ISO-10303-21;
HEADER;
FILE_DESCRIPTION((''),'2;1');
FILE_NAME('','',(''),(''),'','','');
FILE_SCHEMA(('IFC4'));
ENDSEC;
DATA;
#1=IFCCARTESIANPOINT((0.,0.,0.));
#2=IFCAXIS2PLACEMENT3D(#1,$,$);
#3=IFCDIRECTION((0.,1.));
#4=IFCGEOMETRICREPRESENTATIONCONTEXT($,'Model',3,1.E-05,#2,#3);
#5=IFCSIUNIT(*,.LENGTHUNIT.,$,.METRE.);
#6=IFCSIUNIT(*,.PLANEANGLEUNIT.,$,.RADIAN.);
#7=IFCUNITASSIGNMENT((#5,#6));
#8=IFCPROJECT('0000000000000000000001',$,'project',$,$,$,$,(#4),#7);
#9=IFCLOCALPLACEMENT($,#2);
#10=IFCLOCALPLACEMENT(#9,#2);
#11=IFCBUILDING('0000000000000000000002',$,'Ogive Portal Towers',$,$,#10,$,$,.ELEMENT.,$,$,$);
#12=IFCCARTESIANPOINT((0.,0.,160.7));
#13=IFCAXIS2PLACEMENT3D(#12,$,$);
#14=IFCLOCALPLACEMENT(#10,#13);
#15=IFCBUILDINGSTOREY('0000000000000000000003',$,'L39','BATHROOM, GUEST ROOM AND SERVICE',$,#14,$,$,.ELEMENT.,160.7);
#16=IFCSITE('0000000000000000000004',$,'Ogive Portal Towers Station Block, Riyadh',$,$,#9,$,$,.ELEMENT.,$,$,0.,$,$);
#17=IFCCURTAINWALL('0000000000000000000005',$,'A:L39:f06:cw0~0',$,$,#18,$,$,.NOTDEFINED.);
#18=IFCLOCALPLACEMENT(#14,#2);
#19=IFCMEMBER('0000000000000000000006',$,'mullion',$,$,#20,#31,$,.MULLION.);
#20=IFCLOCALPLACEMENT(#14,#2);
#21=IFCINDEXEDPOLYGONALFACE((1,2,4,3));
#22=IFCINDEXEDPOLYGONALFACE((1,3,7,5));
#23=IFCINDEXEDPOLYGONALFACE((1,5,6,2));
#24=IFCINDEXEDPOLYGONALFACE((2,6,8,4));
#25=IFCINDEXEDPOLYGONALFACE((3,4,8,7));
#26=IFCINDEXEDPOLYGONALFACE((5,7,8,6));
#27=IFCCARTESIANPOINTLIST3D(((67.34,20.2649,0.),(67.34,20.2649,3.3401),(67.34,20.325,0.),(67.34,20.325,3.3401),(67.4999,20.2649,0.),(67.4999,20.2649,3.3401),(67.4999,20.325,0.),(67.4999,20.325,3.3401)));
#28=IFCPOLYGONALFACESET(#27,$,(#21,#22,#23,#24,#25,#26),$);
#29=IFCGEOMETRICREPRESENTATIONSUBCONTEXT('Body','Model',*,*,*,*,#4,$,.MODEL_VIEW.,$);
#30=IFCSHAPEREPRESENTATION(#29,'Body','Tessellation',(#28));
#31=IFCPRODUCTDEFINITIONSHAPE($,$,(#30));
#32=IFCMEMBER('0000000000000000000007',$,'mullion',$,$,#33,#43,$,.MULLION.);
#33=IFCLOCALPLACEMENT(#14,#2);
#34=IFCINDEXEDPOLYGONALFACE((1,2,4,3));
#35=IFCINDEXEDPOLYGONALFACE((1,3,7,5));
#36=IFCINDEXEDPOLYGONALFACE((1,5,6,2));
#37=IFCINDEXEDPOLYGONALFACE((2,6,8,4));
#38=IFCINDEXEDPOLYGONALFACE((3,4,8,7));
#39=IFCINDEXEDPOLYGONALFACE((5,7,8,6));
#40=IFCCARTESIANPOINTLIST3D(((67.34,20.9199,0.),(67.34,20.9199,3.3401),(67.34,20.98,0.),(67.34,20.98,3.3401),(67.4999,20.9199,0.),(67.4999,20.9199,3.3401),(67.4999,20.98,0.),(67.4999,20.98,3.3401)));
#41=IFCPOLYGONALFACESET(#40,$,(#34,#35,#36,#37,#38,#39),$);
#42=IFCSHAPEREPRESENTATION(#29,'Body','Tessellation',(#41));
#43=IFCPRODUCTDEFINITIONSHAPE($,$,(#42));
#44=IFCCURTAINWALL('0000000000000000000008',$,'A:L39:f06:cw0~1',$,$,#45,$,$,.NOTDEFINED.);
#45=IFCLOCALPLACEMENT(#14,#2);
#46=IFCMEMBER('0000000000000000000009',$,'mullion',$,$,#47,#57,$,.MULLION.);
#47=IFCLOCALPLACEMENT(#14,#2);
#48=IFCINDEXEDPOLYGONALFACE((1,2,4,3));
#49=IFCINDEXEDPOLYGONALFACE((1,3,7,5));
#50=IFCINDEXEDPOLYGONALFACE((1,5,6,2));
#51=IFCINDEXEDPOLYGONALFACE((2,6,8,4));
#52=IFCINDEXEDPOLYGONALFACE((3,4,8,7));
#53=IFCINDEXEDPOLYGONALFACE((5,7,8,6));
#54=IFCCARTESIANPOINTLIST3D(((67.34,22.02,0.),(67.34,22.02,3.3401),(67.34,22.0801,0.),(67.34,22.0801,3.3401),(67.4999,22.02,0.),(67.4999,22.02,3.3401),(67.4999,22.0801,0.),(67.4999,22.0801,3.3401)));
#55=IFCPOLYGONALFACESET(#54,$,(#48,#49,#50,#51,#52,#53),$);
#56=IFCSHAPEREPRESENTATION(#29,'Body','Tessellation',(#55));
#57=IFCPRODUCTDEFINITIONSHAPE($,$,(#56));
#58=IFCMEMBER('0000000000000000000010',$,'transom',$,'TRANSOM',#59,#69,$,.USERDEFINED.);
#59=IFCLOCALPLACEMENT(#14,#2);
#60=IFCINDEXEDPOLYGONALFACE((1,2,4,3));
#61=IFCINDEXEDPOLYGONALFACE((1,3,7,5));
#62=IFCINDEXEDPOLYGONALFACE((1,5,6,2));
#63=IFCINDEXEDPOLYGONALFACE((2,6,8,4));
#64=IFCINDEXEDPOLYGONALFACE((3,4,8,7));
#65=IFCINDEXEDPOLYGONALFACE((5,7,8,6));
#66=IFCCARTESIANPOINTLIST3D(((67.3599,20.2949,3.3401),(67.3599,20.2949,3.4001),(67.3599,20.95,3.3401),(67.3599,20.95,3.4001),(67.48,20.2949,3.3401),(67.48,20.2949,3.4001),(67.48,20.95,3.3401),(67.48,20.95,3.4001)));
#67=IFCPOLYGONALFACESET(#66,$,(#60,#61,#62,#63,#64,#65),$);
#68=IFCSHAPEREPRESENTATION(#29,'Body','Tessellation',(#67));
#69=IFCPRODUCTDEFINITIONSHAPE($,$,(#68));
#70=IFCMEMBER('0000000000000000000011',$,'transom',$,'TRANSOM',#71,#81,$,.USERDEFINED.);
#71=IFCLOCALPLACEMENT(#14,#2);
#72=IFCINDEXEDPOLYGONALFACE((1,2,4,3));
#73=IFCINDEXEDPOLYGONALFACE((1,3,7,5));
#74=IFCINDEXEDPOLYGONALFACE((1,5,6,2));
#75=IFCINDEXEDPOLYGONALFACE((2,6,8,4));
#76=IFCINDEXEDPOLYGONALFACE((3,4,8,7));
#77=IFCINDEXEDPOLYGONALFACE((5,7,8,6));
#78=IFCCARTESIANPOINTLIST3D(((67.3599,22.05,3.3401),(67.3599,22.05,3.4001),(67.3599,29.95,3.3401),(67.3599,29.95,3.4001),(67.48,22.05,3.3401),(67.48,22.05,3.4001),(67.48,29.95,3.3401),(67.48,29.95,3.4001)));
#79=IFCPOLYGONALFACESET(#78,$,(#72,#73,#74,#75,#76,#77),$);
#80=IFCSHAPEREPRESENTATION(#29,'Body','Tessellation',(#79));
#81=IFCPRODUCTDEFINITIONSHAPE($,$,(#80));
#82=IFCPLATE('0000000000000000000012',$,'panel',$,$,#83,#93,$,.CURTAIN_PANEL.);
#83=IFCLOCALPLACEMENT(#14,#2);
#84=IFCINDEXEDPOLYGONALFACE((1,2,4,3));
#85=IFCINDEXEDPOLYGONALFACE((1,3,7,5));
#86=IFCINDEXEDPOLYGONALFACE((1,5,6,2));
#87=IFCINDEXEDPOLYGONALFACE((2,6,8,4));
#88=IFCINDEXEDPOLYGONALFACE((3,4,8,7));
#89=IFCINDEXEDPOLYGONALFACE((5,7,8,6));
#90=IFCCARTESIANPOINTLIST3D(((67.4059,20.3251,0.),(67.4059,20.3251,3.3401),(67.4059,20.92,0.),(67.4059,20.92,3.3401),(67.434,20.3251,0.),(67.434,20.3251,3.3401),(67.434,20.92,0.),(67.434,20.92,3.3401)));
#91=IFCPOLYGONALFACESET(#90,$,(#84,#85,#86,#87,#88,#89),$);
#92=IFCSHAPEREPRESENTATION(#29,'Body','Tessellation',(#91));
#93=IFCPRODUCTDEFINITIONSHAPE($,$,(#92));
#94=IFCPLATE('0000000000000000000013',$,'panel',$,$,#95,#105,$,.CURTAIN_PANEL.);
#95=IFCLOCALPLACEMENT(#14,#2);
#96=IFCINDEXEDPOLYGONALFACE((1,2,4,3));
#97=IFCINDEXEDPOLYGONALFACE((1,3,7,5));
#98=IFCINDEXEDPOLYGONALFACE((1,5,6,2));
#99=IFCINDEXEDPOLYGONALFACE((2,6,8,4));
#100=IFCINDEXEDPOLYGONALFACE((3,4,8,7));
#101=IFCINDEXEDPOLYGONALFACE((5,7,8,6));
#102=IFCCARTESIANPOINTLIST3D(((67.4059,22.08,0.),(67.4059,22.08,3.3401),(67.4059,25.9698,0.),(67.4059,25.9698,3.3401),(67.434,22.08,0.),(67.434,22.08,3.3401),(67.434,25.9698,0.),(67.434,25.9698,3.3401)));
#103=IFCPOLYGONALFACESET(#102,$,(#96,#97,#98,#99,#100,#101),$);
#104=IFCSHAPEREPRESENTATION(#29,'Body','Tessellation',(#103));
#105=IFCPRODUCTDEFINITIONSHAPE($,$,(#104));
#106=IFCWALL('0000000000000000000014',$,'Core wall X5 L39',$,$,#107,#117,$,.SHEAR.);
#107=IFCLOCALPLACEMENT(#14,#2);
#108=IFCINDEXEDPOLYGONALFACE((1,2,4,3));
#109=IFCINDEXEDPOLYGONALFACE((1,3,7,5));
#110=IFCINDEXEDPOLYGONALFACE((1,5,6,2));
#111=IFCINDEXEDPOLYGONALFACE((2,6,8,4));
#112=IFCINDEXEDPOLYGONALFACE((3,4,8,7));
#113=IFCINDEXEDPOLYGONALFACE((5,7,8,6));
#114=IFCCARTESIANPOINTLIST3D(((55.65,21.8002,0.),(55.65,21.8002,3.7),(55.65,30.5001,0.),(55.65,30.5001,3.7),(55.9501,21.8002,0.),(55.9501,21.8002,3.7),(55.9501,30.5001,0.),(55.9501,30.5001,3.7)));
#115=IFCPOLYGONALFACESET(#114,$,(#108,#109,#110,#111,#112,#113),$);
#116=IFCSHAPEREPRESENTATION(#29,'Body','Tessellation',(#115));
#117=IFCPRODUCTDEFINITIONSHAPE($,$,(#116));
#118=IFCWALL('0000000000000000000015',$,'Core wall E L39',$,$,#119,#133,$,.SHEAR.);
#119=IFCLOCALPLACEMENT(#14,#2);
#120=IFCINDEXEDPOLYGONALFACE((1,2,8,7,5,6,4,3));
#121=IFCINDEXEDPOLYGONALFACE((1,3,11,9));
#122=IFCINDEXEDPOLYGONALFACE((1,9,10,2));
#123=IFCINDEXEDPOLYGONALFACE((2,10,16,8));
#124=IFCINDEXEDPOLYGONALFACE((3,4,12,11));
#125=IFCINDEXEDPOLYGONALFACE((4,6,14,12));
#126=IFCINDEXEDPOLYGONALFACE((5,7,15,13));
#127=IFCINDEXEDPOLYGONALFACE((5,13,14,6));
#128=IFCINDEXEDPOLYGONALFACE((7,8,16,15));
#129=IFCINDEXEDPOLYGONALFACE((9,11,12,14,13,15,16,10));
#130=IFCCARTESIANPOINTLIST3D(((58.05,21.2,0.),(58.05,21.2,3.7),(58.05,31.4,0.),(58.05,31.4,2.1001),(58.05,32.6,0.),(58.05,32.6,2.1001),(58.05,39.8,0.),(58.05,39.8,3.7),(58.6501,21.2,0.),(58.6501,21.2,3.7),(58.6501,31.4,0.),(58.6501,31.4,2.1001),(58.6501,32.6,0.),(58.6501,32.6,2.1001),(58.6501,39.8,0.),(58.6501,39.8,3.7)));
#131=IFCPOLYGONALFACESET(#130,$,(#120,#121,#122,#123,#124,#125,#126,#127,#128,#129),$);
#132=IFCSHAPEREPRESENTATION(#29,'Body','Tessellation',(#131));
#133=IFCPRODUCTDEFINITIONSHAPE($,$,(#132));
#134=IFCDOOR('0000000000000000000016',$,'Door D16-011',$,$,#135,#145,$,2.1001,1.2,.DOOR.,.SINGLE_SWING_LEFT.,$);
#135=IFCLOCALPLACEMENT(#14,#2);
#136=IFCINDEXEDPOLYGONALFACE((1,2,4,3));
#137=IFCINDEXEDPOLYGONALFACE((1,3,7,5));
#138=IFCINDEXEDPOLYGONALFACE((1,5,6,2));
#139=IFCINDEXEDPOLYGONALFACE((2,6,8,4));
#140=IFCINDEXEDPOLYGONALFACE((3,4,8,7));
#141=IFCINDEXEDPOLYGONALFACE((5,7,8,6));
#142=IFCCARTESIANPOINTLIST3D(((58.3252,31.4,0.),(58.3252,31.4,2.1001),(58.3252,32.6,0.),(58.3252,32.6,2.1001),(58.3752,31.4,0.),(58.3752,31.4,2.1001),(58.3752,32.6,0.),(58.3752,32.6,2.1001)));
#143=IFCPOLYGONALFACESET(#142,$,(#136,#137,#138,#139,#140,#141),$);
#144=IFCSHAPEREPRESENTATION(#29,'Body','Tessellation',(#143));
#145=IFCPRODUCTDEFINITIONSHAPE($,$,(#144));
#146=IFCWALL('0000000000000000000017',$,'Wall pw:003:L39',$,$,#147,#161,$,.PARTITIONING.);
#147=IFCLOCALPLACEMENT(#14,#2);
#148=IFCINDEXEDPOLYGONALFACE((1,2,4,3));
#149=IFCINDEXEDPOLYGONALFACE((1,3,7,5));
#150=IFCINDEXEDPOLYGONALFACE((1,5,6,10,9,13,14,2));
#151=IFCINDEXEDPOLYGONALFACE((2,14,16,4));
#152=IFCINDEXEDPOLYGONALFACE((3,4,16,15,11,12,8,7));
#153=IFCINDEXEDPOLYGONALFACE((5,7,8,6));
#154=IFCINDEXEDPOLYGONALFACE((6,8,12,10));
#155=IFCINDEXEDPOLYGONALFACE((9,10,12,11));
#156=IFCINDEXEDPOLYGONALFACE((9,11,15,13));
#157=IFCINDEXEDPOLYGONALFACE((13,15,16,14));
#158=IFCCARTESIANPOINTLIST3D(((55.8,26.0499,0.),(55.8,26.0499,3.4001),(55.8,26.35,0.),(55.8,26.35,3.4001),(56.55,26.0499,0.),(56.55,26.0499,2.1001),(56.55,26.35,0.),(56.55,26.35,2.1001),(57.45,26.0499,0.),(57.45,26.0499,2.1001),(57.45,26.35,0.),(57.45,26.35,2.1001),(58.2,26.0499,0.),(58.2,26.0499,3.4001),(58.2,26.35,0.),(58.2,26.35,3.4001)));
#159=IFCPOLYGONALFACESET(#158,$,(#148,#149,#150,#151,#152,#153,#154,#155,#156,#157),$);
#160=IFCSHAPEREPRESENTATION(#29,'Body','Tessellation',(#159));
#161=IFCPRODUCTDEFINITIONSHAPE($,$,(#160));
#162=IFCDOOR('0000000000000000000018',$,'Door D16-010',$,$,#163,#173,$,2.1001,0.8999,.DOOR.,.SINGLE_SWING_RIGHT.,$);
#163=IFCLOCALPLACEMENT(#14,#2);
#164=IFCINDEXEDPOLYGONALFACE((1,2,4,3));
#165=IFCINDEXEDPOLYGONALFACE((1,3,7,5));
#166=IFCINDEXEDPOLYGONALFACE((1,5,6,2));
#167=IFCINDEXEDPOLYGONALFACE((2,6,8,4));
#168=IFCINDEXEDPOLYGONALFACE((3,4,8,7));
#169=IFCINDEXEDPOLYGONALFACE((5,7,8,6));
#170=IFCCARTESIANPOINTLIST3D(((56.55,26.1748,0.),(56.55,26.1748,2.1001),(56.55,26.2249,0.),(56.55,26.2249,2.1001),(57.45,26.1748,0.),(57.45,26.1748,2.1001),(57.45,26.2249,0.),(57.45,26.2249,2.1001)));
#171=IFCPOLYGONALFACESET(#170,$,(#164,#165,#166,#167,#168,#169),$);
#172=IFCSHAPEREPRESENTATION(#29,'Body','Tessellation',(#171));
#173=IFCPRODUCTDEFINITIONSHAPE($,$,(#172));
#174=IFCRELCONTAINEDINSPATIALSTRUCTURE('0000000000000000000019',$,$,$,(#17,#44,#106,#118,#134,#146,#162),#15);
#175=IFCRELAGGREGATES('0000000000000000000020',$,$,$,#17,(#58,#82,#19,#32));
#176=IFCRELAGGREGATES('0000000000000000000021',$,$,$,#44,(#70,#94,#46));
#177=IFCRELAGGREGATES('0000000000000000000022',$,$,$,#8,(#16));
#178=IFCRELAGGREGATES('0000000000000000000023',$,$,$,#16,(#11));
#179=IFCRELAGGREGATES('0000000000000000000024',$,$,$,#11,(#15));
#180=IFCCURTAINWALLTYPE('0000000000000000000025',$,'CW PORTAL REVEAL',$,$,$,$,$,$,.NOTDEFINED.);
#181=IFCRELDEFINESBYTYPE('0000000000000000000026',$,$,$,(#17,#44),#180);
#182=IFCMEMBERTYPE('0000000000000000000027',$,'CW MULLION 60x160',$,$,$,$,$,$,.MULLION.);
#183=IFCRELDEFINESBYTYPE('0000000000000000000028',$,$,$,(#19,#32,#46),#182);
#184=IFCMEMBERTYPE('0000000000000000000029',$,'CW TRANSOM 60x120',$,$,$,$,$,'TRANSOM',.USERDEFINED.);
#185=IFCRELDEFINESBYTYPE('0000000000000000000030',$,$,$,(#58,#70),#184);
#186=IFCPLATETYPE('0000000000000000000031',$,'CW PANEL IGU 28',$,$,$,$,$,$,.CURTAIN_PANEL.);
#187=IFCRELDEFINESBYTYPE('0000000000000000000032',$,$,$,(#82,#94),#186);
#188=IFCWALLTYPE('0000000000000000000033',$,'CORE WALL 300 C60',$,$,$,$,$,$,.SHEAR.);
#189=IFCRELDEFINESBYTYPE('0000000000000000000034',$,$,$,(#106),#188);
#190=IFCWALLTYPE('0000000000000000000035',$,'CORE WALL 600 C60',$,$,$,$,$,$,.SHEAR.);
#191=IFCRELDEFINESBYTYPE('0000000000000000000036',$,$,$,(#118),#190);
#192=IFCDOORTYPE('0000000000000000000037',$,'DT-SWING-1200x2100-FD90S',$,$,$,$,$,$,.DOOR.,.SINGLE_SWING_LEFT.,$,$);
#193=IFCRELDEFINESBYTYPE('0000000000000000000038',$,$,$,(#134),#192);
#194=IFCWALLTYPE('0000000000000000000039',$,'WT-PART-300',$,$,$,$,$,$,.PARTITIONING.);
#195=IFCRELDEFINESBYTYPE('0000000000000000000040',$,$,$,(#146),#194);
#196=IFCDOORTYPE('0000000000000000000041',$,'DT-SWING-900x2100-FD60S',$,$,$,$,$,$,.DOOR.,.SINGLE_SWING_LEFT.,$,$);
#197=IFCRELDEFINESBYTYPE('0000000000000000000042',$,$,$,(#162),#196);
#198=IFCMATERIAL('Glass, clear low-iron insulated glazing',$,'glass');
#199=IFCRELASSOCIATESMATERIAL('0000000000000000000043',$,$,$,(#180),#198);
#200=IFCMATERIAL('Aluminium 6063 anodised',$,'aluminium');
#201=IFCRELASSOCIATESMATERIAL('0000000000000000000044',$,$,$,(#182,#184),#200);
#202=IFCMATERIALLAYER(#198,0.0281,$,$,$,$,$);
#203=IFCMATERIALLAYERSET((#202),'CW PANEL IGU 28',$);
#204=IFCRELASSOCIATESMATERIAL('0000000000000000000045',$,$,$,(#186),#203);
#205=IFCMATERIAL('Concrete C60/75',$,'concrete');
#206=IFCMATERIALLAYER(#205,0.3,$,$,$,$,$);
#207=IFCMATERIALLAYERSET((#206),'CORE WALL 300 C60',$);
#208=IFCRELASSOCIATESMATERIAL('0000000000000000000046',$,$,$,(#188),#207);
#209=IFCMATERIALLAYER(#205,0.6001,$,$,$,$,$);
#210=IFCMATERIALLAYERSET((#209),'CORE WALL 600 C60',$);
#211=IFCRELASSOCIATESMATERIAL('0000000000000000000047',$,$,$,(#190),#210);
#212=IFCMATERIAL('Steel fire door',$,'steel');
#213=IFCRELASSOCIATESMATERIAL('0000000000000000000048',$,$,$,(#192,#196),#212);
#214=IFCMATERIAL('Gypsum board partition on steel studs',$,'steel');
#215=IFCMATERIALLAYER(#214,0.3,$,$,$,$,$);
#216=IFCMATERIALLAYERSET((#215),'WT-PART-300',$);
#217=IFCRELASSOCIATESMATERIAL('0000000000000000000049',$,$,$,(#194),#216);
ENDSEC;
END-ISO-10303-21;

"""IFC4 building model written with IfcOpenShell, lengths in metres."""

from ifc_helpers import new_model, si_unit, direction, frame, frame_2d, origin, origin_2d, place, context, subcontext, project, spatial, rectangle, extrude, material, layer, layer_set, material_profile, profile_set, type_object, element, fill, aggregate, save


model = new_model("IFC4")

# Units and contexts
model_context = context("Model", 3, precision=1e-05, world=origin(), true_north=direction((0.0, 1.0)))
body_context = subcontext(model_context, "Body", "Model", "MODEL_VIEW")
ifc_project = project(units=[si_unit("LENGTHUNIT", "METRE"), si_unit("PLANEANGLEUNIT", "RADIAN")], contexts=[model_context])

# Site, building, storey
site_placement = place(None, origin())
site = spatial("IfcSite", under=ifc_project, at=site_placement, Name="Ogive Portal Towers Station Block, Riyadh", CompositionType="ELEMENT", RefElevation=0.0)
building_placement = place(site_placement, origin())
building = spatial("IfcBuilding", under=site, at=building_placement, Name="Ogive Portal Towers", CompositionType="ELEMENT")
storey_placement = place(building_placement, frame((0.0, 0.0, 160.7)))
storey = spatial("IfcBuildingStorey", under=building, at=storey_placement, Name="L39", Description="BATHROOM, GUEST ROOM AND SERVICE", CompositionType="ELEMENT", Elevation=160.7)

# Curtain wall, members
ifc_material_1 = material(Name="Glass, clear low-iron insulated glazing", Category="glass")
curtain_wall_type = type_object("IfcCurtainWallType", Name="CW PORTAL REVEAL", PredefinedType="NOTDEFINED", material=ifc_material_1)
curtain_wall_1_placement = place(storey_placement, origin())
curtain_wall_1 = element("IfcCurtainWall", 1, at=curtain_wall_1_placement, inside=storey, type_object=curtain_wall_type, Name="A:L39:f06:cw0~0", PredefinedType="NOTDEFINED")
ifc_material_2 = material(Name="Aluminium 6063 anodised", Category="aluminium")
ifc_material_profile_1 = material_profile(ifc_material_2, rectangle(XDim=0.1599, YDim=0.0601, at=origin_2d()), Name="AL 60x160")
ifc_profile_set_1 = profile_set([ifc_material_profile_1], Name="Aluminium 6063 anodised")
member_type_1 = type_object("IfcMemberType", Name="CW MULLION 60x160", PredefinedType="MULLION", material=ifc_profile_set_1)
member_1_placement = place(storey_placement, frame((67.4199, 20.2949, 0.0), z_axis=(0.0, 0.0, 1.0), x_axis=(-1.0, 0.0, 0.0)))
member_1 = element("IfcMember", 2, at=member_1_placement, type_object=member_type_1, Name="mullion", PredefinedType="MULLION", context=body_context, shape_type="SweptSolid", body=[
    extrude(rectangle(XDim=0.1599, YDim=0.0601, at=origin_2d()), origin(), (0.0, 0.0, 1.0), 3.3401),
])
member_2_placement = place(storey_placement, frame((67.4199, 20.95, 0.0), z_axis=(0.0, 0.0, 1.0), x_axis=(-1.0, 0.0, 0.0)))
member_2 = element("IfcMember", 3, at=member_2_placement, type_object=member_type_1, Name="mullion", PredefinedType="MULLION", context=body_context, shape_type="SweptSolid", body=[
    extrude(rectangle(XDim=0.1599, YDim=0.0601, at=origin_2d()), origin(), (0.0, 0.0, 1.0), 3.3401),
])

# Curtain wall, member
curtain_wall_2_placement = place(storey_placement, origin())
curtain_wall_2 = element("IfcCurtainWall", 4, at=curtain_wall_2_placement, inside=storey, type_object=curtain_wall_type, Name="A:L39:f06:cw0~1", PredefinedType="NOTDEFINED")
member_3_placement = place(storey_placement, frame((67.4199, 22.05, 0.0), z_axis=(0.0, 0.0, 1.0), x_axis=(-1.0, 0.0, 0.0)))
member_3 = element("IfcMember", 5, at=member_3_placement, type_object=member_type_1, Name="mullion", PredefinedType="MULLION", context=body_context, shape_type="SweptSolid", body=[
    extrude(rectangle(XDim=0.1599, YDim=0.0601, at=origin_2d()), origin(), (0.0, 0.0, 1.0), 3.3401),
])

# Members
ifc_material_profile_2 = material_profile(ifc_material_2, rectangle(XDim=0.1201, YDim=0.0601, at=origin_2d()), Name="AL 120x60")
ifc_profile_set_2 = profile_set([ifc_material_profile_2], Name="Aluminium 6063 anodised")
member_type_2 = type_object("IfcMemberType", Name="CW TRANSOM 60x120", ElementType="TRANSOM", PredefinedType="USERDEFINED", material=ifc_profile_set_2)
member_4_placement = place(storey_placement, frame((67.4199, 20.2949, 3.3701), z_axis=(0.0, 1.0, 0.0), x_axis=(-1.0, 0.0, 0.0)))
member_4 = element("IfcMember", 6, at=member_4_placement, type_object=member_type_2, Name="transom", ObjectType="TRANSOM", PredefinedType="USERDEFINED", context=body_context, shape_type="SweptSolid", body=[
    extrude(rectangle(XDim=0.1201, YDim=0.0601, at=origin_2d()), origin(), (0.0, 0.0, 1.0), 0.655),
])
member_5_placement = place(storey_placement, frame((67.4199, 22.05, 3.3701), z_axis=(0.0, 1.0, 0.0), x_axis=(-1.0, 0.0, 0.0)))
member_5 = element("IfcMember", 7, at=member_5_placement, type_object=member_type_2, Name="transom", ObjectType="TRANSOM", PredefinedType="USERDEFINED", context=body_context, shape_type="SweptSolid", body=[
    extrude(rectangle(XDim=0.1201, YDim=0.0601, at=origin_2d()), origin(), (0.0, 0.0, 1.0), 7.8999),
])

# Plates
ifc_layer_1 = layer(ifc_material_1, 0.0281)
ifc_layer_set_1 = layer_set([ifc_layer_1], Name="CW PANEL IGU 28")
plate_type = type_object("IfcPlateType", Name="CW PANEL IGU 28", PredefinedType="CURTAIN_PANEL", material=ifc_layer_set_1)
plate_1_placement = place(storey_placement, frame((67.4199, 20.6226, 0.0), z_axis=(0.0, 0.0, 1.0), x_axis=(0.0, 1.0, 0.0)))
plate_1 = element("IfcPlate", 8, at=plate_1_placement, type_object=plate_type, Name="panel", PredefinedType="CURTAIN_PANEL", context=body_context, shape_type="SweptSolid", body=[
    extrude(rectangle(XDim=0.595, YDim=0.0281, at=origin_2d()), origin(), (0.0, 0.0, 1.0), 3.3401),
])
aggregate(curtain_wall_1, [member_4, plate_1, member_1, member_2])
plate_2_placement = place(storey_placement, frame((67.4199, 24.0249, 0.0), z_axis=(0.0, 0.0, 1.0), x_axis=(0.0, 1.0, 0.0)))
plate_2 = element("IfcPlate", 9, at=plate_2_placement, type_object=plate_type, Name="panel", PredefinedType="CURTAIN_PANEL", context=body_context, shape_type="SweptSolid", body=[
    extrude(rectangle(XDim=3.8899, YDim=0.0281, at=origin_2d()), origin(), (0.0, 0.0, 1.0), 3.3401),
])
aggregate(curtain_wall_2, [member_5, plate_2, member_3])

# Wall
ifc_material_3 = material(Name="Concrete C60/75", Category="concrete")
ifc_layer_2 = layer(ifc_material_3, 0.3)
ifc_layer_set_2 = layer_set([ifc_layer_2], Name="CORE WALL 300 C60")
wall_type_1 = type_object("IfcWallType", Name="CORE WALL 300 C60", PredefinedType="SHEAR", material=ifc_layer_set_2)
wall_1_placement = place(storey_placement, frame((55.8, 21.8, 0.0), z_axis=(0.0, 0.0, 1.0), x_axis=(0.0, 1.0, 0.0)))
element("IfcWall", 10, at=wall_1_placement, inside=storey, type_object=wall_type_1, Name="Core wall X5 L39", PredefinedType="SHEAR", context=body_context, shape_type="SweptSolid", body=[
    extrude(rectangle(XDim=8.7, YDim=0.3, at=frame_2d((4.3501, 0.0))), origin(), (0.0, 0.0, 1.0), 3.7),
])

# Walls, openings, doors
ifc_layer_3 = layer(ifc_material_3, 0.6001)
ifc_layer_set_3 = layer_set([ifc_layer_3], Name="CORE WALL 600 C60")
wall_type_2 = type_object("IfcWallType", Name="CORE WALL 600 C60", PredefinedType="SHEAR", material=ifc_layer_set_3)
wall_2_placement = place(storey_placement, frame((58.3501, 21.2, 0.0), z_axis=(0.0, 0.0, 1.0), x_axis=(0.0, 1.0, 0.0)))
wall_2 = element("IfcWall", 11, at=wall_2_placement, inside=storey, type_object=wall_type_2, Name="Core wall E L39", PredefinedType="SHEAR", context=body_context, shape_type="SweptSolid", body=[
    extrude(rectangle(XDim=18.6001, YDim=0.6001, at=frame_2d((9.3, 0.0))), origin(), (0.0, 0.0, 1.0), 3.7),
])
opening_1_placement = place(wall_2_placement, frame((10.2, 0.0, 0.0)))
opening_1 = element("IfcOpeningElement", 12, at=opening_1_placement, cuts=wall_2, PredefinedType="OPENING", context=body_context, shape_type="SweptSolid", body=[
    extrude(rectangle(XDim=1.2, YDim=2.1001, at=frame_2d((0.6001, 1.05))), frame((0.0, 0.3101, 0.0), z_axis=(0.0, -1.0, 0.0), x_axis=(1.0, 0.0, 0.0)), (0.0, 0.0, 1.0), 0.6201),
])
ifc_material_4 = material(Name="Steel fire door", Category="steel")
door_type_1 = type_object("IfcDoorType", Name="DT-SWING-1200x2100-FD90S", OperationType="SINGLE_SWING_LEFT", PredefinedType="DOOR", material=ifc_material_4)
door_1_placement = place(opening_1_placement, origin())
door_1 = element("IfcDoor", 13, at=door_1_placement, inside=storey, type_object=door_type_1, Name="Door D16-011", OperationType="SINGLE_SWING_LEFT", OverallHeight=2.1001, OverallWidth=1.2, PredefinedType="DOOR", context=body_context, shape_type="SweptSolid", body=[
    extrude(rectangle(XDim=1.2, YDim=2.1001, at=frame_2d((0.6001, 1.05))), frame((0.0, 0.0249, 0.0), z_axis=(0.0, -1.0, 0.0), x_axis=(1.0, 0.0, 0.0)), (0.0, 0.0, 1.0), 0.05),
])
fill(opening_1, door_1)
ifc_material_5 = material(Name="Gypsum board partition on steel studs", Category="steel")
ifc_layer_4 = layer(ifc_material_5, 0.3)
ifc_layer_set_4 = layer_set([ifc_layer_4], Name="WT-PART-300")
wall_type_3 = type_object("IfcWallType", Name="WT-PART-300", PredefinedType="PARTITIONING", material=ifc_layer_set_4)
wall_3_placement = place(storey_placement, frame((55.8, 26.2, 0.0), z_axis=(0.0, 0.0, 1.0), x_axis=(1.0, 0.0, 0.0)))
wall_3 = element("IfcWall", 14, at=wall_3_placement, inside=storey, type_object=wall_type_3, Name="Wall pw:003:L39", PredefinedType="PARTITIONING", context=body_context, shape_type="SweptSolid", body=[
    extrude(rectangle(XDim=2.3999, YDim=0.3, at=frame_2d((1.2, 0.0))), origin(), (0.0, 0.0, 1.0), 3.4001),
])
opening_2_placement = place(wall_3_placement, frame((0.75, 0.0, 0.0)))
opening_2 = element("IfcOpeningElement", 15, at=opening_2_placement, cuts=wall_3, PredefinedType="OPENING", context=body_context, shape_type="SweptSolid", body=[
    extrude(rectangle(XDim=0.8999, YDim=2.1001, at=frame_2d((0.45, 1.05))), frame((0.0, 0.1602, 0.0), z_axis=(0.0, -1.0, 0.0), x_axis=(1.0, 0.0, 0.0)), (0.0, 0.0, 1.0), 0.3201),
])
door_type_2 = type_object("IfcDoorType", Name="DT-SWING-900x2100-FD60S", OperationType="SINGLE_SWING_LEFT", PredefinedType="DOOR", material=ifc_material_4)
door_2_placement = place(opening_2_placement, origin())
door_2 = element("IfcDoor", 16, at=door_2_placement, inside=storey, type_object=door_type_2, Name="Door D16-010", OperationType="SINGLE_SWING_RIGHT", OverallHeight=2.1001, OverallWidth=0.8999, PredefinedType="DOOR", context=body_context, shape_type="SweptSolid", body=[
    extrude(rectangle(XDim=0.8999, YDim=2.1001, at=frame_2d((0.45, 1.05))), frame((0.0, 0.0249, 0.0), z_axis=(0.0, -1.0, 0.0), x_axis=(1.0, 0.0, 0.0)), (0.0, 0.0, 1.0), 0.05),
])
fill(opening_2, door_2)

save(model, "model.ifc")
